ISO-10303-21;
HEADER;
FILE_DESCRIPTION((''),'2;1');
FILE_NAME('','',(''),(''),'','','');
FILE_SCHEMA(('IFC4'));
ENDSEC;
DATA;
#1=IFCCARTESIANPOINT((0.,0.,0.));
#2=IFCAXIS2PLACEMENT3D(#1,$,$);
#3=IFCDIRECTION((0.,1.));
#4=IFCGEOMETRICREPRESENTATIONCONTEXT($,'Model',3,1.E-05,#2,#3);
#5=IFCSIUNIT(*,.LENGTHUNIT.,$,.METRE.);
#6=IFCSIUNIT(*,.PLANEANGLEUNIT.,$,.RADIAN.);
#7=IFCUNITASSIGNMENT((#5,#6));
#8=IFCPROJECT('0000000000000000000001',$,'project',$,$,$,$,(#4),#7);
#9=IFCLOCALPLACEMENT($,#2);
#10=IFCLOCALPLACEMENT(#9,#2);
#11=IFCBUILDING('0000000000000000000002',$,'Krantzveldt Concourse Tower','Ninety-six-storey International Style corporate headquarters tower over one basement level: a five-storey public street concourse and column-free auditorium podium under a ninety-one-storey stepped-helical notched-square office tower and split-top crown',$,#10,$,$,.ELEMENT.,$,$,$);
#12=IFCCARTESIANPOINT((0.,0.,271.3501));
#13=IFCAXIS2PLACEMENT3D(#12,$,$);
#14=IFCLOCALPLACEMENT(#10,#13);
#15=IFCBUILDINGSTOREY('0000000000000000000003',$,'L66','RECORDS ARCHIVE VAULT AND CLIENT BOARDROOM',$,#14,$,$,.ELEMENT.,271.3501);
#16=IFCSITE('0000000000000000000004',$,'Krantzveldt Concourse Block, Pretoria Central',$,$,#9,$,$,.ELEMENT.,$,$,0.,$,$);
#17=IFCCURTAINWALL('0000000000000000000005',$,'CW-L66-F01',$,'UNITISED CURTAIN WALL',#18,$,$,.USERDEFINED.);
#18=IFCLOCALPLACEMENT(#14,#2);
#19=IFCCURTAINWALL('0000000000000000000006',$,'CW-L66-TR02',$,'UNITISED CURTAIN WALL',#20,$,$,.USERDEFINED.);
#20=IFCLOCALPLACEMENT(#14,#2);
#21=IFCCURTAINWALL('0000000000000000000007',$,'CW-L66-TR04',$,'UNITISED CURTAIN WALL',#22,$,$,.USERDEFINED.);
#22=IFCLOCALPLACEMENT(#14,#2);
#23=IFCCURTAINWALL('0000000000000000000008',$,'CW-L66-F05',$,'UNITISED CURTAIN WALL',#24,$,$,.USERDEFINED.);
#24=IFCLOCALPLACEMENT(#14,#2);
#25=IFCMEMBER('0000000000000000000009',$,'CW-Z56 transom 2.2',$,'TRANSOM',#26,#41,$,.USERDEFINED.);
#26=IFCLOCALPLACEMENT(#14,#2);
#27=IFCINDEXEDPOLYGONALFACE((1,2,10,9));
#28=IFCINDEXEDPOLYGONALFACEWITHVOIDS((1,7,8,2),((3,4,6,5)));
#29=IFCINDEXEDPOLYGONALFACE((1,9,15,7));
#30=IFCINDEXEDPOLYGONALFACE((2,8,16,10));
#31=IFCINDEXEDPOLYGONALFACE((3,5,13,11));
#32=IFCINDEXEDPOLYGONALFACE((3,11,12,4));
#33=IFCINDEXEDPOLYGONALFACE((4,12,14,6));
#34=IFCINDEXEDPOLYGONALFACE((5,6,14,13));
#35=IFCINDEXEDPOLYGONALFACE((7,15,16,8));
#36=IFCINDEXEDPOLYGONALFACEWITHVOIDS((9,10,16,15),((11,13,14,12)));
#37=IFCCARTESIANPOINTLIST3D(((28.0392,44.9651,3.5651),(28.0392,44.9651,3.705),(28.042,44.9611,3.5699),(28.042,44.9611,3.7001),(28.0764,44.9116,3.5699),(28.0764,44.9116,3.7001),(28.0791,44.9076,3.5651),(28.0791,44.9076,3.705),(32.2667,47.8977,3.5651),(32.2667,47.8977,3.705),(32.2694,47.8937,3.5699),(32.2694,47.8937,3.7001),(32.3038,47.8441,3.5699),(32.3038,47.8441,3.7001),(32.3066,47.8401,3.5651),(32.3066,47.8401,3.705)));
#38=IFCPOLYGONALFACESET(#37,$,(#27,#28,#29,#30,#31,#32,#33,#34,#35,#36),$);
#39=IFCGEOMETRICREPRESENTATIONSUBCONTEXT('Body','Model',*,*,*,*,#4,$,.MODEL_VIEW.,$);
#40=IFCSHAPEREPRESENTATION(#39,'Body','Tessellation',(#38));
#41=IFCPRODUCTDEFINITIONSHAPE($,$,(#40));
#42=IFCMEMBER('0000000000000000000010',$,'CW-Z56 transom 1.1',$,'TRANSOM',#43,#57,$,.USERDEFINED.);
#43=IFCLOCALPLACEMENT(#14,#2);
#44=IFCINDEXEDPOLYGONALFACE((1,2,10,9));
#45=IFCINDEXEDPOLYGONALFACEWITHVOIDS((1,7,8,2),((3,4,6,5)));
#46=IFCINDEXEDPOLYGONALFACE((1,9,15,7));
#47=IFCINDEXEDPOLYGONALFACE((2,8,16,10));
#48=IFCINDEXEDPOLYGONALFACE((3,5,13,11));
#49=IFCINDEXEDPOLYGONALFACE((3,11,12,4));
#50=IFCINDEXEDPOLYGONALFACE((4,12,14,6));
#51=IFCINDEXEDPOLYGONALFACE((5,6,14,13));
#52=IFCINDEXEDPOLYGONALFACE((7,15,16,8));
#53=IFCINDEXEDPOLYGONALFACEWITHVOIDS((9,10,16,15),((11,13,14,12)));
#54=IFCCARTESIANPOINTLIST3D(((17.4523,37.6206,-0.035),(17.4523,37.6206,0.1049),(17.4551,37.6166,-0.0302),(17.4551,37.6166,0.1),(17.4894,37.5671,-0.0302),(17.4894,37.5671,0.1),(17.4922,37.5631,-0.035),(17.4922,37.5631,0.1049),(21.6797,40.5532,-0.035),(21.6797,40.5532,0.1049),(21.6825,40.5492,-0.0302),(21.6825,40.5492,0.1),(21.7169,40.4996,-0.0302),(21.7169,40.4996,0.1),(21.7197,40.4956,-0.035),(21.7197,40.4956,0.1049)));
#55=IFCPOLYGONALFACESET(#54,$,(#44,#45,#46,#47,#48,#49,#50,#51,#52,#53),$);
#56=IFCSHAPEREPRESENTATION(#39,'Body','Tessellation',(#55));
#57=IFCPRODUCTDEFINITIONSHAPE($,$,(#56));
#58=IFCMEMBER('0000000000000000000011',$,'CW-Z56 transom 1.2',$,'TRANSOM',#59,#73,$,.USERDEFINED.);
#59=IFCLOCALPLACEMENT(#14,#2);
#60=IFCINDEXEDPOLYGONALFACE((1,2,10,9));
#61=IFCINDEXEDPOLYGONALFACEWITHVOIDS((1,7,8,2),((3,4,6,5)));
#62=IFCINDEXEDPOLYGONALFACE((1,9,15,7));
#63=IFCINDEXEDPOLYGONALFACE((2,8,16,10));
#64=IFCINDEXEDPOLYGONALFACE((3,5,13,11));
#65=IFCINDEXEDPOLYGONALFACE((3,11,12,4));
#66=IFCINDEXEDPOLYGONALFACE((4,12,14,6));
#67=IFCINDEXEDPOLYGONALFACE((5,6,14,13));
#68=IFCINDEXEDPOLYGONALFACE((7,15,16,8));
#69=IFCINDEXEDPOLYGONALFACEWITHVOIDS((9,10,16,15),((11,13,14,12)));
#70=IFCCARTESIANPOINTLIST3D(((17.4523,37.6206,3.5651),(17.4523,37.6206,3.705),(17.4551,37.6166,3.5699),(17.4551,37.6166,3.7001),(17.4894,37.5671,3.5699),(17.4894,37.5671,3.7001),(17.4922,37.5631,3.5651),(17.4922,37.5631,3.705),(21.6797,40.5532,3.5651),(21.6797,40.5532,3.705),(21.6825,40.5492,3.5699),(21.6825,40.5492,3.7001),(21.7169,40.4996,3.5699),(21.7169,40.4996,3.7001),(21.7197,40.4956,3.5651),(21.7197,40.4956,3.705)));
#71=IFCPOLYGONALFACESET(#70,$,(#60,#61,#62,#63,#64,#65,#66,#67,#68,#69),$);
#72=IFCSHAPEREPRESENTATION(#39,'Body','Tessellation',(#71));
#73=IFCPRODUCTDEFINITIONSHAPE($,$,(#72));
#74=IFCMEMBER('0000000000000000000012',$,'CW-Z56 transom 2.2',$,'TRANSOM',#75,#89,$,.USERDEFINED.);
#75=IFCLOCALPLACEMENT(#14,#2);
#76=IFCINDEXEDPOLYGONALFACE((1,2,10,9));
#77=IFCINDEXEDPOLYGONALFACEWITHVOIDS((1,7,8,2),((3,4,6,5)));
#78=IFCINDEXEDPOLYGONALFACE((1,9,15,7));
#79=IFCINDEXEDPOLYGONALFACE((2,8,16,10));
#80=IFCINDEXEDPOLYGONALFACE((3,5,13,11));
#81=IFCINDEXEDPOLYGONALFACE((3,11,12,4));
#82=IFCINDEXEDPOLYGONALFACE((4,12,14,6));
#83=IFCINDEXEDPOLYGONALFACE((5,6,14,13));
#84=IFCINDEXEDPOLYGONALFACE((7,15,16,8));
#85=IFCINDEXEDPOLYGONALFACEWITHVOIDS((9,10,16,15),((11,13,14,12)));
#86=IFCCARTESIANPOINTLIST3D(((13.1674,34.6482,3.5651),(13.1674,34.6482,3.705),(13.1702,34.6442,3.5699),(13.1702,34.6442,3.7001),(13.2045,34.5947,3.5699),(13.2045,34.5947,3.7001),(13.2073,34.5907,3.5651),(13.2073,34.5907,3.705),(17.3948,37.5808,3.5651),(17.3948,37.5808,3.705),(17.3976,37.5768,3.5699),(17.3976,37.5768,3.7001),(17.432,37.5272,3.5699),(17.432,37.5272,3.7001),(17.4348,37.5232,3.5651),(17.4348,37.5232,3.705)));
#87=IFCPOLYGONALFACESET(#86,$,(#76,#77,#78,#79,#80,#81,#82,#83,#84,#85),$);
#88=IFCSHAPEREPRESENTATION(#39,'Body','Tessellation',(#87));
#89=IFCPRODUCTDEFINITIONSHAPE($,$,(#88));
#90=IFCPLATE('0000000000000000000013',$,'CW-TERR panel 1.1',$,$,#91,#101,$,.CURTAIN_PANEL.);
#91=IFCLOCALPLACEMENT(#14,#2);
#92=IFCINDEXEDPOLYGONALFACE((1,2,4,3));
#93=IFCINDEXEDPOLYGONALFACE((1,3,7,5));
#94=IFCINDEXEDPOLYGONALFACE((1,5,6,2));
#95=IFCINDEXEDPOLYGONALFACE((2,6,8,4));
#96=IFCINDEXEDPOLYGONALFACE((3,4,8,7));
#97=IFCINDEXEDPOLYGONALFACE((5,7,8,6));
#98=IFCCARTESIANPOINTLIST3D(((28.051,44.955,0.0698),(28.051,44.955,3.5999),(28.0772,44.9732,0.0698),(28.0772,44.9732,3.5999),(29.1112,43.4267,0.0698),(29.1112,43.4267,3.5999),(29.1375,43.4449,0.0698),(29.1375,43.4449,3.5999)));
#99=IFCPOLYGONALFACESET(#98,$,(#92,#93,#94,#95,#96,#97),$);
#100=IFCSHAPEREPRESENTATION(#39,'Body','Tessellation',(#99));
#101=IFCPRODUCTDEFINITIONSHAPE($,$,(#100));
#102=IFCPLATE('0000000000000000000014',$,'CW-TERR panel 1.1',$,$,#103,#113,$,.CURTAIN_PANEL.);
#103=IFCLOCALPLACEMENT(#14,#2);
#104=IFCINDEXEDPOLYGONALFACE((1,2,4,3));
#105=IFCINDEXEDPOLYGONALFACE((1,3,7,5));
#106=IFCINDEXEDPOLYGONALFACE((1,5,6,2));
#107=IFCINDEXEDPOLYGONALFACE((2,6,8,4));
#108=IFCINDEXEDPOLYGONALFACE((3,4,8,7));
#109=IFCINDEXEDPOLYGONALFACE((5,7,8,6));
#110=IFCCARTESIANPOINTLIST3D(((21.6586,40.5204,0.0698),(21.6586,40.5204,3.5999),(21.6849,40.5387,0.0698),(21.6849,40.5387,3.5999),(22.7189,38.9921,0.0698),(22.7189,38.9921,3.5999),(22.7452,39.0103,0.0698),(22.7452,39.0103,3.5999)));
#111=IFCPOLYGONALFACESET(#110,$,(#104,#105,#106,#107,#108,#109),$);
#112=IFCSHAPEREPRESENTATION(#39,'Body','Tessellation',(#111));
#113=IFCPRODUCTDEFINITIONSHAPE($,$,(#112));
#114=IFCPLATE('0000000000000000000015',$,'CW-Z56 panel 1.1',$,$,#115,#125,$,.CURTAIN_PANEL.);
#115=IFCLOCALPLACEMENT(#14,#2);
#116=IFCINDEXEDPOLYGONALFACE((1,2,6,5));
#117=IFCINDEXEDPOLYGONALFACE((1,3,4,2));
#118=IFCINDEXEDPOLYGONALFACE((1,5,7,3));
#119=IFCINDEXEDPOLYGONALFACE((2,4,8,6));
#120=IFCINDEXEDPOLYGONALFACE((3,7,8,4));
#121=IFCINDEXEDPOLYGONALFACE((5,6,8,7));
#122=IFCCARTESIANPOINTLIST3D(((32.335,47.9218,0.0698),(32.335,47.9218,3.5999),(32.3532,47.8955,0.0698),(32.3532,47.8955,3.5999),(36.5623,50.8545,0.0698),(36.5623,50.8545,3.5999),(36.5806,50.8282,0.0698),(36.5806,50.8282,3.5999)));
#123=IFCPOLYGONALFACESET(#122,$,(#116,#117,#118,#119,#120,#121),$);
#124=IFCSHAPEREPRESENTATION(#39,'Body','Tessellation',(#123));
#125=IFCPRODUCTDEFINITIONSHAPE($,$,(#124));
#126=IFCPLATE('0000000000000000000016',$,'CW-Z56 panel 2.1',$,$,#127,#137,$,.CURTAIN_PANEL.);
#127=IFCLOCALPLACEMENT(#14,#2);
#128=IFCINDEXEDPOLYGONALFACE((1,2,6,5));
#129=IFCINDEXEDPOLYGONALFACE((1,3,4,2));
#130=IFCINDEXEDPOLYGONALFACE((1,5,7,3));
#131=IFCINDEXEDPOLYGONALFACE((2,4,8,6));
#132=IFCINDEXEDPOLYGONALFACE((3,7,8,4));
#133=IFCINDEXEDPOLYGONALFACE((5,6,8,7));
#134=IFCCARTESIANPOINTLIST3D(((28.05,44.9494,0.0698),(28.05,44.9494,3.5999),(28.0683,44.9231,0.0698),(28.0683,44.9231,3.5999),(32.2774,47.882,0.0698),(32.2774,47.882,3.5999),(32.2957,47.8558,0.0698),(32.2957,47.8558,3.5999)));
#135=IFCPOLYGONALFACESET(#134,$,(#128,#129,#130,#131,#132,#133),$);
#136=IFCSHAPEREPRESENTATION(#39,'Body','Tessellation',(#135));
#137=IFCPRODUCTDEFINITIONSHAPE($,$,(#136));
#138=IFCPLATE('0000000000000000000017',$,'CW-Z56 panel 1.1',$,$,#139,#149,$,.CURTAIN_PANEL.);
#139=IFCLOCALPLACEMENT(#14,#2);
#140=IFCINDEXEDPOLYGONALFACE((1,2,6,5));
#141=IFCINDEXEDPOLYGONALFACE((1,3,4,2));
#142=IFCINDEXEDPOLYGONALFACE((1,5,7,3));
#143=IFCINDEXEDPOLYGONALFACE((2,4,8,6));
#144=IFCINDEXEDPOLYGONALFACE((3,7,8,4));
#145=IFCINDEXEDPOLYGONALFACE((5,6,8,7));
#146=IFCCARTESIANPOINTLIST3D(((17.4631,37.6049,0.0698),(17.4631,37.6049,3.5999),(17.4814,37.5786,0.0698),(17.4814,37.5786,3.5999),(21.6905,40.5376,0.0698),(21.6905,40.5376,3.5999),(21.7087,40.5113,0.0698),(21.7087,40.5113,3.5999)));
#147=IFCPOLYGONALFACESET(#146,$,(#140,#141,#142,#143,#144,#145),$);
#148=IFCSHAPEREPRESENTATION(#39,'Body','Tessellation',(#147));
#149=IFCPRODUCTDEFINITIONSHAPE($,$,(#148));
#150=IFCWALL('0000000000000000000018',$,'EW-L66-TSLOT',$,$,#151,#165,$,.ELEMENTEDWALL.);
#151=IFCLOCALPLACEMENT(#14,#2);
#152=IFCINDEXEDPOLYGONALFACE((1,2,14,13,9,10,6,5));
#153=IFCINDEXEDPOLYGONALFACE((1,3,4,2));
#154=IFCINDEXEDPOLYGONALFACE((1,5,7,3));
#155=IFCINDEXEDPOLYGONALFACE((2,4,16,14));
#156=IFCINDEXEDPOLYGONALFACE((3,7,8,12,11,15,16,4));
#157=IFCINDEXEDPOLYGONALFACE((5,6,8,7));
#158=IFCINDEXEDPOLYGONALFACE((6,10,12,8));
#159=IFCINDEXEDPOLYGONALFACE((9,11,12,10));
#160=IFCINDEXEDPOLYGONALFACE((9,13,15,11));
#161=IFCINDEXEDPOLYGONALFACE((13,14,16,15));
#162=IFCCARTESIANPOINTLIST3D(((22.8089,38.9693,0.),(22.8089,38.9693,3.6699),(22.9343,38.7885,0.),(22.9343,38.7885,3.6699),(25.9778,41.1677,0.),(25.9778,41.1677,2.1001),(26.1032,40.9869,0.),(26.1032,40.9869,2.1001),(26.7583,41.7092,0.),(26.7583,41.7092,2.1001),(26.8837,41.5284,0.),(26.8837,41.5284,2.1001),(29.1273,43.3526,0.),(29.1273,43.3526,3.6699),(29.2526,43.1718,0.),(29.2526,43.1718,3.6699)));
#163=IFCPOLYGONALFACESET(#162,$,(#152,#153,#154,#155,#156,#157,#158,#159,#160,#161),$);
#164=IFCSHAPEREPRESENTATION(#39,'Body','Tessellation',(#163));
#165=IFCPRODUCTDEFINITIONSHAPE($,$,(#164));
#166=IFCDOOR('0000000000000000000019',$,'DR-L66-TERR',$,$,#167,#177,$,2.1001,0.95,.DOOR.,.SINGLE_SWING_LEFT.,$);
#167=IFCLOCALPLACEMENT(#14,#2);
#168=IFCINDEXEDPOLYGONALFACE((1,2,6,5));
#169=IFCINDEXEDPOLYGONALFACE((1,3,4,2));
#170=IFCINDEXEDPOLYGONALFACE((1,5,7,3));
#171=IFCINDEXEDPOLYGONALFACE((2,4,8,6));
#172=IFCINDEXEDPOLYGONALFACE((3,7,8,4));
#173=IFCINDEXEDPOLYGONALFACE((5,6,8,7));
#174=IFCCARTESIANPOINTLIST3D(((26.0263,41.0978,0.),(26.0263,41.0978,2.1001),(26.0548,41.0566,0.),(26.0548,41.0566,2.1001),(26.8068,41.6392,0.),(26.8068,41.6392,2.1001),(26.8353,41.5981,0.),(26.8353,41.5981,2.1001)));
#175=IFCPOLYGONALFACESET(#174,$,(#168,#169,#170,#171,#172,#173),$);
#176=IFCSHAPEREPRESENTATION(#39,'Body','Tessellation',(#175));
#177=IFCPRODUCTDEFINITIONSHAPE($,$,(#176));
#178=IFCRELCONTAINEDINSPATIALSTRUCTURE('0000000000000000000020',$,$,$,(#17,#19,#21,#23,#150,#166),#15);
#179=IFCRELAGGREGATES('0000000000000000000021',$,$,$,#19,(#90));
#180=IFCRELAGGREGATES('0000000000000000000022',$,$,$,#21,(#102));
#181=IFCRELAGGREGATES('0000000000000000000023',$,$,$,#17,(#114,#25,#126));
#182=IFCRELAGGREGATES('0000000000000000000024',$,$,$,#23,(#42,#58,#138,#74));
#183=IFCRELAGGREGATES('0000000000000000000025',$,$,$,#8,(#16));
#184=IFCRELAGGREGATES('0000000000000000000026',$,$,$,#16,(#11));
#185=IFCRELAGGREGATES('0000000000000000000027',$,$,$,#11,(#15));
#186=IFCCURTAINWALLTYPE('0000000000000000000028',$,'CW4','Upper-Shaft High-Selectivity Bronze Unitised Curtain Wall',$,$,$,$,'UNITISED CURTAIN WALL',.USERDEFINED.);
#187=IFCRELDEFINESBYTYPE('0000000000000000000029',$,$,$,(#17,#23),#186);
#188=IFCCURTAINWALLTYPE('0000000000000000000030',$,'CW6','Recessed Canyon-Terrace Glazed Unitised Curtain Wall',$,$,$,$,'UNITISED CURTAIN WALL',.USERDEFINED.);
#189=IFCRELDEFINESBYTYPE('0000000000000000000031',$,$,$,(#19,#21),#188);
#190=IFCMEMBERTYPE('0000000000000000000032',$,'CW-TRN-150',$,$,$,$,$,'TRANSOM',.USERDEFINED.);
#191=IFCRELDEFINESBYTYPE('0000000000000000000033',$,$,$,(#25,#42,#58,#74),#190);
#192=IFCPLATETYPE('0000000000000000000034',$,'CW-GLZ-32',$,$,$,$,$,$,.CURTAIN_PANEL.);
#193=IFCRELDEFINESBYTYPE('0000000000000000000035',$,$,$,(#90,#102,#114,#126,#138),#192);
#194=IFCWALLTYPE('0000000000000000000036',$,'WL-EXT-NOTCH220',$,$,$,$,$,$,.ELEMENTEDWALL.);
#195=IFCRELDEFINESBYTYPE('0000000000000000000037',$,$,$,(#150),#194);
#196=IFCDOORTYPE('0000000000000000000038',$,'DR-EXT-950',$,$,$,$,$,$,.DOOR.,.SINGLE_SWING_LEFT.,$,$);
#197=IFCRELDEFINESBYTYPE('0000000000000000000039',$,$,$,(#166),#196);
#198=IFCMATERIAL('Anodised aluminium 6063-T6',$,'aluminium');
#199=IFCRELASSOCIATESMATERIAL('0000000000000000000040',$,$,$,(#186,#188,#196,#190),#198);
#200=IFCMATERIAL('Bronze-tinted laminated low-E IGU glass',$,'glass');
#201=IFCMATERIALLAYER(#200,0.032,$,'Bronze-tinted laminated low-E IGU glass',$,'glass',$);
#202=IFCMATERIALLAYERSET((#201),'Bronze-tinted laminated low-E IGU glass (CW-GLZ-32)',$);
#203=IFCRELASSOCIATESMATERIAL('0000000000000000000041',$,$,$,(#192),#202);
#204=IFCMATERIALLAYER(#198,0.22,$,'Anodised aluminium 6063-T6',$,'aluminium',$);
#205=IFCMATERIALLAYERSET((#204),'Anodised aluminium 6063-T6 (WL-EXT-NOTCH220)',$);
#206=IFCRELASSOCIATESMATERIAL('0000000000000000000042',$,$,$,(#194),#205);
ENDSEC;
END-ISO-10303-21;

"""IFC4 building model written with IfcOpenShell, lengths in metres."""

from ifc_helpers import new_model, si_unit, direction, frame, frame_2d, origin, origin_2d, place, context, subcontext, project, spatial, rectangle, hollow_rectangle, extrude, source, transform, mapped, material, layer, layer_set, material_profile, profile_set, type_object, type_shapes, element, fill, aggregate, save


model = new_model("IFC4")

# Units and contexts
model_context = context("Model", 3, precision=1e-05, world=origin(), true_north=direction((0.0, 1.0)))
body_context = subcontext(model_context, "Body", "Model", "MODEL_VIEW")
ifc_project = project(units=[si_unit("LENGTHUNIT", "METRE"), si_unit("PLANEANGLEUNIT", "RADIAN")], contexts=[model_context])

# Site, building, storey
site_placement = place(None, origin())
site = spatial("IfcSite", under=ifc_project, at=site_placement, Name="Krantzveldt Concourse Block, Pretoria Central", CompositionType="ELEMENT", RefElevation=0.0)
building_placement = place(site_placement, origin())
building = spatial("IfcBuilding", under=site, at=building_placement, Name="Krantzveldt Concourse Tower", Description="Ninety-six-storey International Style corporate headquarters tower over one basement level: a five-storey public street concourse and column-free auditorium podium under a ninety-one-storey stepped-helical notched-square office tower and split-top crown", CompositionType="ELEMENT")
storey_placement = place(building_placement, frame((0.0, 0.0, 271.3501)))
storey = spatial("IfcBuildingStorey", under=building, at=storey_placement, Name="L66", Description="RECORDS ARCHIVE VAULT AND CLIENT BOARDROOM", CompositionType="ELEMENT", Elevation=271.3501)

# Curtain walls
ifc_material_1 = material(Name="Anodised aluminium 6063-T6", Category="aluminium")
curtain_wall_type_1 = type_object("IfcCurtainWallType", Name="CW4", Description="Upper-Shaft High-Selectivity Bronze Unitised Curtain Wall", ElementType="UNITISED CURTAIN WALL", PredefinedType="USERDEFINED", material=ifc_material_1)
curtain_wall_1_placement = place(storey_placement, origin())
curtain_wall_1 = element("IfcCurtainWall", 1, at=curtain_wall_1_placement, inside=storey, type_object=curtain_wall_type_1, Name="CW-L66-F01", ObjectType="UNITISED CURTAIN WALL", PredefinedType="USERDEFINED")
curtain_wall_type_2 = type_object("IfcCurtainWallType", Name="CW6", Description="Recessed Canyon-Terrace Glazed Unitised Curtain Wall", ElementType="UNITISED CURTAIN WALL", PredefinedType="USERDEFINED", material=ifc_material_1)
curtain_wall_2_placement = place(storey_placement, origin())
curtain_wall_2 = element("IfcCurtainWall", 2, at=curtain_wall_2_placement, inside=storey, type_object=curtain_wall_type_2, Name="CW-L66-TR02", ObjectType="UNITISED CURTAIN WALL", PredefinedType="USERDEFINED")
curtain_wall_3_placement = place(storey_placement, origin())
curtain_wall_3 = element("IfcCurtainWall", 3, at=curtain_wall_3_placement, inside=storey, type_object=curtain_wall_type_2, Name="CW-L66-TR04", ObjectType="UNITISED CURTAIN WALL", PredefinedType="USERDEFINED")
curtain_wall_4_placement = place(storey_placement, origin())
curtain_wall_4 = element("IfcCurtainWall", 4, at=curtain_wall_4_placement, inside=storey, type_object=curtain_wall_type_1, Name="CW-L66-F05", ObjectType="UNITISED CURTAIN WALL", PredefinedType="USERDEFINED")

# Members
ifc_material_profile_1 = material_profile(ifc_material_1, hollow_rectangle(XDim=0.0701, YDim=0.1399, WallThickness=0.0049, at=origin_2d()), Name="Anodised aluminium 6063-T6", Category="aluminium")
ifc_profile_set_1 = profile_set([ifc_material_profile_1], Name="Anodised aluminium 6063-T6 - ALU-TRAN 140x70x5")
member_type_1 = type_object("IfcMemberType", Name="CW-TRN-150", ElementType="TRANSOM", PredefinedType="USERDEFINED", material=ifc_profile_set_1)
shared_shape_1 = source(origin(), body_context, "Body", "SweptSolid", [
    extrude(hollow_rectangle(XDim=0.0701, YDim=0.1399, WallThickness=0.0049, at=origin_2d()), origin(), (0.0, 0.0, 1.0), 5.145),
])
member_1_placement = place(storey_placement, frame((32.2866, 47.8689, 3.635), z_axis=(-0.821659, -0.56998, 0.0), x_axis=(0.56998, -0.821659, 0.0)))
member_1 = element("IfcMember", 5, at=member_1_placement, type_object=member_type_1, Name="CW-Z56 transom 2.2", ObjectType="TRANSOM", PredefinedType="USERDEFINED", context=body_context, shape_type="MappedRepresentation", body=[
    mapped(shared_shape_1, transform((0.0, 0.0, 0.0), x_axis=(1.0, 0.0, 0.0), y_axis=(0.0, 1.0, 0.0), z_axis=(0.0, 0.0, 1.0), scale=1.0)),
])
member_2_placement = place(storey_placement, frame((21.6997, 40.5244, 0.0349), z_axis=(-0.821659, -0.56998, 0.0), x_axis=(0.56998, -0.821659, 0.0)))
member_2 = element("IfcMember", 6, at=member_2_placement, type_object=member_type_1, Name="CW-Z56 transom 1.1", ObjectType="TRANSOM", PredefinedType="USERDEFINED", context=body_context, shape_type="MappedRepresentation", body=[
    mapped(shared_shape_1, transform((0.0, 0.0, 0.0), x_axis=(1.0, 0.0, 0.0), y_axis=(0.0, 1.0, 0.0), z_axis=(0.0, 0.0, 1.0), scale=1.0)),
])
member_3_placement = place(storey_placement, frame((21.6997, 40.5244, 3.635), z_axis=(-0.821659, -0.56998, 0.0), x_axis=(0.56998, -0.821659, 0.0)))
member_3 = element("IfcMember", 7, at=member_3_placement, type_object=member_type_1, Name="CW-Z56 transom 1.2", ObjectType="TRANSOM", PredefinedType="USERDEFINED", context=body_context, shape_type="MappedRepresentation", body=[
    mapped(shared_shape_1, transform((0.0, 0.0, 0.0), x_axis=(1.0, 0.0, 0.0), y_axis=(0.0, 1.0, 0.0), z_axis=(0.0, 0.0, 1.0), scale=1.0)),
])
member_4_placement = place(storey_placement, frame((17.4148, 37.552, 3.635), z_axis=(-0.821659, -0.56998, 0.0), x_axis=(0.56998, -0.821659, 0.0)))
member_4 = element("IfcMember", 8, at=member_4_placement, type_object=member_type_1, Name="CW-Z56 transom 2.2", ObjectType="TRANSOM", PredefinedType="USERDEFINED", context=body_context, shape_type="MappedRepresentation", body=[
    mapped(shared_shape_1, transform((0.0, 0.0, 0.0), x_axis=(1.0, 0.0, 0.0), y_axis=(0.0, 1.0, 0.0), z_axis=(0.0, 0.0, 1.0), scale=1.0)),
])

# Plates
ifc_material_2 = material(Name="Bronze-tinted laminated low-E IGU glass", Category="glass")
ifc_layer_1 = layer(ifc_material_2, 0.032, Name="Bronze-tinted laminated low-E IGU glass", Category="glass")
ifc_layer_set_1 = layer_set([ifc_layer_1], Name="Bronze-tinted laminated low-E IGU glass (CW-GLZ-32)")
plate_type = type_object("IfcPlateType", Name="CW-GLZ-32", PredefinedType="CURTAIN_PANEL", material=ifc_layer_set_1)
shared_shape_2 = source(origin(), body_context, "Body", "SweptSolid", [
    extrude(rectangle(XDim=1.8601, YDim=0.032, at=origin_2d()), origin(), (0.0, 0.0, 1.0), 3.53),
])
plate_1_placement = place(storey_placement, frame((28.5942, 44.2, 0.0698), z_axis=(0.0, 0.0, 1.0), x_axis=(0.569998, -0.821646, 0.0)))
plate_1 = element("IfcPlate", 9, at=plate_1_placement, type_object=plate_type, Name="CW-TERR panel 1.1", PredefinedType="CURTAIN_PANEL", context=body_context, shape_type="MappedRepresentation", body=[
    mapped(shared_shape_2, transform((0.0, 0.0, 0.0), x_axis=(1.0, 0.0, 0.0), y_axis=(0.0, 1.0, 0.0), z_axis=(0.0, 0.0, 1.0), scale=1.0)),
])
aggregate(curtain_wall_2, [plate_1])
plate_2_placement = place(storey_placement, frame((22.2019, 39.7654, 0.0698), z_axis=(0.0, 0.0, 1.0), x_axis=(-0.569996, 0.821647, 0.0)))
plate_2 = element("IfcPlate", 10, at=plate_2_placement, type_object=plate_type, Name="CW-TERR panel 1.1", PredefinedType="CURTAIN_PANEL", context=body_context, shape_type="MappedRepresentation", body=[
    mapped(shared_shape_2, transform((0.0, 0.0, 0.0), x_axis=(1.0, 0.0, 0.0), y_axis=(0.0, 1.0, 0.0), z_axis=(0.0, 0.0, 1.0), scale=1.0)),
])
aggregate(curtain_wall_3, [plate_2])
shared_shape_3 = source(origin(), body_context, "Body", "SweptSolid", [
    extrude(rectangle(XDim=5.145, YDim=0.032, at=origin_2d()), origin(), (0.0, 0.0, 1.0), 3.53),
])
type_shapes(plate_type, [shared_shape_2, shared_shape_3])
plate_3_placement = place(storey_placement, frame((34.4578, 49.375, 0.0698), z_axis=(0.0, 0.0, 1.0), x_axis=(-0.821647, -0.569997, 0.0)))
plate_3 = element("IfcPlate", 11, at=plate_3_placement, type_object=plate_type, Name="CW-Z56 panel 1.1", PredefinedType="CURTAIN_PANEL", context=body_context, shape_type="MappedRepresentation", body=[
    mapped(shared_shape_3, transform((0.0, 0.0, 0.0), x_axis=(1.0, 0.0, 0.0), y_axis=(0.0, 1.0, 0.0), z_axis=(0.0, 0.0, 1.0), scale=1.0)),
])
plate_4_placement = place(storey_placement, frame((30.1729, 46.4026, 0.0698), z_axis=(0.0, 0.0, 1.0), x_axis=(-0.821647, -0.569997, 0.0)))
plate_4 = element("IfcPlate", 12, at=plate_4_placement, type_object=plate_type, Name="CW-Z56 panel 2.1", PredefinedType="CURTAIN_PANEL", context=body_context, shape_type="MappedRepresentation", body=[
    mapped(shared_shape_3, transform((0.0, 0.0, 0.0), x_axis=(1.0, 0.0, 0.0), y_axis=(0.0, 1.0, 0.0), z_axis=(0.0, 0.0, 1.0), scale=1.0)),
])
aggregate(curtain_wall_1, [plate_3, member_1, plate_4])
plate_5_placement = place(storey_placement, frame((19.5859, 39.0581, 0.0698), z_axis=(0.0, 0.0, 1.0), x_axis=(-0.821647, -0.569996, 0.0)))
plate_5 = element("IfcPlate", 13, at=plate_5_placement, type_object=plate_type, Name="CW-Z56 panel 1.1", PredefinedType="CURTAIN_PANEL", context=body_context, shape_type="MappedRepresentation", body=[
    mapped(shared_shape_3, transform((0.0, 0.0, 0.0), x_axis=(1.0, 0.0, 0.0), y_axis=(0.0, 1.0, 0.0), z_axis=(0.0, 0.0, 1.0), scale=1.0)),
])
aggregate(curtain_wall_4, [member_2, member_3, plate_5, member_4])

# Wall, opening, door
ifc_layer_2 = layer(ifc_material_1, 0.22, Name="Anodised aluminium 6063-T6", Category="aluminium")
ifc_layer_set_2 = layer_set([ifc_layer_2], Name="Anodised aluminium 6063-T6 (WL-EXT-NOTCH220)")
wall_type = type_object("IfcWallType", Name="WL-EXT-NOTCH220", PredefinedType="ELEMENTEDWALL", material=ifc_layer_set_2)
wall_placement = place(storey_placement, frame((22.8716, 38.8789, 0.0), z_axis=(0.0, 0.0, 1.0), x_axis=(0.821641, 0.570005, 0.0)))
wall = element("IfcWall", 14, at=wall_placement, inside=storey, type_object=wall_type, Name="EW-L66-TSLOT", PredefinedType="ELEMENTEDWALL", context=body_context, shape_type="SweptSolid", body=[
    extrude(rectangle(XDim=7.6899, YDim=0.22, at=frame_2d((3.845, 0.0))), origin(), (0.0, 0.0, 1.0), 3.6699),
])
opening_placement = place(wall_placement, frame((3.8567, 0.0, 0.0)))
opening = element("IfcOpeningElement", 15, at=opening_placement, cuts=wall, PredefinedType="OPENING", context=body_context, shape_type="SweptSolid", body=[
    extrude(rectangle(XDim=0.95, YDim=2.1001, at=frame_2d((0.4751, 1.05))), frame((0.0, 0.1201, 0.0), z_axis=(0.0, -1.0, 0.0), x_axis=(1.0, 0.0, 0.0)), (0.0, 0.0, 1.0), 0.24),
])
door_type = type_object("IfcDoorType", Name="DR-EXT-950", OperationType="SINGLE_SWING_LEFT", PredefinedType="DOOR", material=ifc_material_1)
door_placement = place(opening_placement, origin())
door = element("IfcDoor", 16, at=door_placement, inside=storey, type_object=door_type, Name="DR-L66-TERR", OperationType="SINGLE_SWING_LEFT", OverallHeight=2.1001, OverallWidth=0.95, PredefinedType="DOOR", context=body_context, shape_type="SweptSolid", body=[
    extrude(rectangle(XDim=0.95, YDim=2.1001, at=frame_2d((0.4751, 1.05))), frame((0.0, 0.0249, 0.0), z_axis=(0.0, -1.0, 0.0), x_axis=(1.0, 0.0, 0.0)), (0.0, 0.0, 1.0), 0.05),
])
fill(opening, door)

save(model, "model.ifc")
